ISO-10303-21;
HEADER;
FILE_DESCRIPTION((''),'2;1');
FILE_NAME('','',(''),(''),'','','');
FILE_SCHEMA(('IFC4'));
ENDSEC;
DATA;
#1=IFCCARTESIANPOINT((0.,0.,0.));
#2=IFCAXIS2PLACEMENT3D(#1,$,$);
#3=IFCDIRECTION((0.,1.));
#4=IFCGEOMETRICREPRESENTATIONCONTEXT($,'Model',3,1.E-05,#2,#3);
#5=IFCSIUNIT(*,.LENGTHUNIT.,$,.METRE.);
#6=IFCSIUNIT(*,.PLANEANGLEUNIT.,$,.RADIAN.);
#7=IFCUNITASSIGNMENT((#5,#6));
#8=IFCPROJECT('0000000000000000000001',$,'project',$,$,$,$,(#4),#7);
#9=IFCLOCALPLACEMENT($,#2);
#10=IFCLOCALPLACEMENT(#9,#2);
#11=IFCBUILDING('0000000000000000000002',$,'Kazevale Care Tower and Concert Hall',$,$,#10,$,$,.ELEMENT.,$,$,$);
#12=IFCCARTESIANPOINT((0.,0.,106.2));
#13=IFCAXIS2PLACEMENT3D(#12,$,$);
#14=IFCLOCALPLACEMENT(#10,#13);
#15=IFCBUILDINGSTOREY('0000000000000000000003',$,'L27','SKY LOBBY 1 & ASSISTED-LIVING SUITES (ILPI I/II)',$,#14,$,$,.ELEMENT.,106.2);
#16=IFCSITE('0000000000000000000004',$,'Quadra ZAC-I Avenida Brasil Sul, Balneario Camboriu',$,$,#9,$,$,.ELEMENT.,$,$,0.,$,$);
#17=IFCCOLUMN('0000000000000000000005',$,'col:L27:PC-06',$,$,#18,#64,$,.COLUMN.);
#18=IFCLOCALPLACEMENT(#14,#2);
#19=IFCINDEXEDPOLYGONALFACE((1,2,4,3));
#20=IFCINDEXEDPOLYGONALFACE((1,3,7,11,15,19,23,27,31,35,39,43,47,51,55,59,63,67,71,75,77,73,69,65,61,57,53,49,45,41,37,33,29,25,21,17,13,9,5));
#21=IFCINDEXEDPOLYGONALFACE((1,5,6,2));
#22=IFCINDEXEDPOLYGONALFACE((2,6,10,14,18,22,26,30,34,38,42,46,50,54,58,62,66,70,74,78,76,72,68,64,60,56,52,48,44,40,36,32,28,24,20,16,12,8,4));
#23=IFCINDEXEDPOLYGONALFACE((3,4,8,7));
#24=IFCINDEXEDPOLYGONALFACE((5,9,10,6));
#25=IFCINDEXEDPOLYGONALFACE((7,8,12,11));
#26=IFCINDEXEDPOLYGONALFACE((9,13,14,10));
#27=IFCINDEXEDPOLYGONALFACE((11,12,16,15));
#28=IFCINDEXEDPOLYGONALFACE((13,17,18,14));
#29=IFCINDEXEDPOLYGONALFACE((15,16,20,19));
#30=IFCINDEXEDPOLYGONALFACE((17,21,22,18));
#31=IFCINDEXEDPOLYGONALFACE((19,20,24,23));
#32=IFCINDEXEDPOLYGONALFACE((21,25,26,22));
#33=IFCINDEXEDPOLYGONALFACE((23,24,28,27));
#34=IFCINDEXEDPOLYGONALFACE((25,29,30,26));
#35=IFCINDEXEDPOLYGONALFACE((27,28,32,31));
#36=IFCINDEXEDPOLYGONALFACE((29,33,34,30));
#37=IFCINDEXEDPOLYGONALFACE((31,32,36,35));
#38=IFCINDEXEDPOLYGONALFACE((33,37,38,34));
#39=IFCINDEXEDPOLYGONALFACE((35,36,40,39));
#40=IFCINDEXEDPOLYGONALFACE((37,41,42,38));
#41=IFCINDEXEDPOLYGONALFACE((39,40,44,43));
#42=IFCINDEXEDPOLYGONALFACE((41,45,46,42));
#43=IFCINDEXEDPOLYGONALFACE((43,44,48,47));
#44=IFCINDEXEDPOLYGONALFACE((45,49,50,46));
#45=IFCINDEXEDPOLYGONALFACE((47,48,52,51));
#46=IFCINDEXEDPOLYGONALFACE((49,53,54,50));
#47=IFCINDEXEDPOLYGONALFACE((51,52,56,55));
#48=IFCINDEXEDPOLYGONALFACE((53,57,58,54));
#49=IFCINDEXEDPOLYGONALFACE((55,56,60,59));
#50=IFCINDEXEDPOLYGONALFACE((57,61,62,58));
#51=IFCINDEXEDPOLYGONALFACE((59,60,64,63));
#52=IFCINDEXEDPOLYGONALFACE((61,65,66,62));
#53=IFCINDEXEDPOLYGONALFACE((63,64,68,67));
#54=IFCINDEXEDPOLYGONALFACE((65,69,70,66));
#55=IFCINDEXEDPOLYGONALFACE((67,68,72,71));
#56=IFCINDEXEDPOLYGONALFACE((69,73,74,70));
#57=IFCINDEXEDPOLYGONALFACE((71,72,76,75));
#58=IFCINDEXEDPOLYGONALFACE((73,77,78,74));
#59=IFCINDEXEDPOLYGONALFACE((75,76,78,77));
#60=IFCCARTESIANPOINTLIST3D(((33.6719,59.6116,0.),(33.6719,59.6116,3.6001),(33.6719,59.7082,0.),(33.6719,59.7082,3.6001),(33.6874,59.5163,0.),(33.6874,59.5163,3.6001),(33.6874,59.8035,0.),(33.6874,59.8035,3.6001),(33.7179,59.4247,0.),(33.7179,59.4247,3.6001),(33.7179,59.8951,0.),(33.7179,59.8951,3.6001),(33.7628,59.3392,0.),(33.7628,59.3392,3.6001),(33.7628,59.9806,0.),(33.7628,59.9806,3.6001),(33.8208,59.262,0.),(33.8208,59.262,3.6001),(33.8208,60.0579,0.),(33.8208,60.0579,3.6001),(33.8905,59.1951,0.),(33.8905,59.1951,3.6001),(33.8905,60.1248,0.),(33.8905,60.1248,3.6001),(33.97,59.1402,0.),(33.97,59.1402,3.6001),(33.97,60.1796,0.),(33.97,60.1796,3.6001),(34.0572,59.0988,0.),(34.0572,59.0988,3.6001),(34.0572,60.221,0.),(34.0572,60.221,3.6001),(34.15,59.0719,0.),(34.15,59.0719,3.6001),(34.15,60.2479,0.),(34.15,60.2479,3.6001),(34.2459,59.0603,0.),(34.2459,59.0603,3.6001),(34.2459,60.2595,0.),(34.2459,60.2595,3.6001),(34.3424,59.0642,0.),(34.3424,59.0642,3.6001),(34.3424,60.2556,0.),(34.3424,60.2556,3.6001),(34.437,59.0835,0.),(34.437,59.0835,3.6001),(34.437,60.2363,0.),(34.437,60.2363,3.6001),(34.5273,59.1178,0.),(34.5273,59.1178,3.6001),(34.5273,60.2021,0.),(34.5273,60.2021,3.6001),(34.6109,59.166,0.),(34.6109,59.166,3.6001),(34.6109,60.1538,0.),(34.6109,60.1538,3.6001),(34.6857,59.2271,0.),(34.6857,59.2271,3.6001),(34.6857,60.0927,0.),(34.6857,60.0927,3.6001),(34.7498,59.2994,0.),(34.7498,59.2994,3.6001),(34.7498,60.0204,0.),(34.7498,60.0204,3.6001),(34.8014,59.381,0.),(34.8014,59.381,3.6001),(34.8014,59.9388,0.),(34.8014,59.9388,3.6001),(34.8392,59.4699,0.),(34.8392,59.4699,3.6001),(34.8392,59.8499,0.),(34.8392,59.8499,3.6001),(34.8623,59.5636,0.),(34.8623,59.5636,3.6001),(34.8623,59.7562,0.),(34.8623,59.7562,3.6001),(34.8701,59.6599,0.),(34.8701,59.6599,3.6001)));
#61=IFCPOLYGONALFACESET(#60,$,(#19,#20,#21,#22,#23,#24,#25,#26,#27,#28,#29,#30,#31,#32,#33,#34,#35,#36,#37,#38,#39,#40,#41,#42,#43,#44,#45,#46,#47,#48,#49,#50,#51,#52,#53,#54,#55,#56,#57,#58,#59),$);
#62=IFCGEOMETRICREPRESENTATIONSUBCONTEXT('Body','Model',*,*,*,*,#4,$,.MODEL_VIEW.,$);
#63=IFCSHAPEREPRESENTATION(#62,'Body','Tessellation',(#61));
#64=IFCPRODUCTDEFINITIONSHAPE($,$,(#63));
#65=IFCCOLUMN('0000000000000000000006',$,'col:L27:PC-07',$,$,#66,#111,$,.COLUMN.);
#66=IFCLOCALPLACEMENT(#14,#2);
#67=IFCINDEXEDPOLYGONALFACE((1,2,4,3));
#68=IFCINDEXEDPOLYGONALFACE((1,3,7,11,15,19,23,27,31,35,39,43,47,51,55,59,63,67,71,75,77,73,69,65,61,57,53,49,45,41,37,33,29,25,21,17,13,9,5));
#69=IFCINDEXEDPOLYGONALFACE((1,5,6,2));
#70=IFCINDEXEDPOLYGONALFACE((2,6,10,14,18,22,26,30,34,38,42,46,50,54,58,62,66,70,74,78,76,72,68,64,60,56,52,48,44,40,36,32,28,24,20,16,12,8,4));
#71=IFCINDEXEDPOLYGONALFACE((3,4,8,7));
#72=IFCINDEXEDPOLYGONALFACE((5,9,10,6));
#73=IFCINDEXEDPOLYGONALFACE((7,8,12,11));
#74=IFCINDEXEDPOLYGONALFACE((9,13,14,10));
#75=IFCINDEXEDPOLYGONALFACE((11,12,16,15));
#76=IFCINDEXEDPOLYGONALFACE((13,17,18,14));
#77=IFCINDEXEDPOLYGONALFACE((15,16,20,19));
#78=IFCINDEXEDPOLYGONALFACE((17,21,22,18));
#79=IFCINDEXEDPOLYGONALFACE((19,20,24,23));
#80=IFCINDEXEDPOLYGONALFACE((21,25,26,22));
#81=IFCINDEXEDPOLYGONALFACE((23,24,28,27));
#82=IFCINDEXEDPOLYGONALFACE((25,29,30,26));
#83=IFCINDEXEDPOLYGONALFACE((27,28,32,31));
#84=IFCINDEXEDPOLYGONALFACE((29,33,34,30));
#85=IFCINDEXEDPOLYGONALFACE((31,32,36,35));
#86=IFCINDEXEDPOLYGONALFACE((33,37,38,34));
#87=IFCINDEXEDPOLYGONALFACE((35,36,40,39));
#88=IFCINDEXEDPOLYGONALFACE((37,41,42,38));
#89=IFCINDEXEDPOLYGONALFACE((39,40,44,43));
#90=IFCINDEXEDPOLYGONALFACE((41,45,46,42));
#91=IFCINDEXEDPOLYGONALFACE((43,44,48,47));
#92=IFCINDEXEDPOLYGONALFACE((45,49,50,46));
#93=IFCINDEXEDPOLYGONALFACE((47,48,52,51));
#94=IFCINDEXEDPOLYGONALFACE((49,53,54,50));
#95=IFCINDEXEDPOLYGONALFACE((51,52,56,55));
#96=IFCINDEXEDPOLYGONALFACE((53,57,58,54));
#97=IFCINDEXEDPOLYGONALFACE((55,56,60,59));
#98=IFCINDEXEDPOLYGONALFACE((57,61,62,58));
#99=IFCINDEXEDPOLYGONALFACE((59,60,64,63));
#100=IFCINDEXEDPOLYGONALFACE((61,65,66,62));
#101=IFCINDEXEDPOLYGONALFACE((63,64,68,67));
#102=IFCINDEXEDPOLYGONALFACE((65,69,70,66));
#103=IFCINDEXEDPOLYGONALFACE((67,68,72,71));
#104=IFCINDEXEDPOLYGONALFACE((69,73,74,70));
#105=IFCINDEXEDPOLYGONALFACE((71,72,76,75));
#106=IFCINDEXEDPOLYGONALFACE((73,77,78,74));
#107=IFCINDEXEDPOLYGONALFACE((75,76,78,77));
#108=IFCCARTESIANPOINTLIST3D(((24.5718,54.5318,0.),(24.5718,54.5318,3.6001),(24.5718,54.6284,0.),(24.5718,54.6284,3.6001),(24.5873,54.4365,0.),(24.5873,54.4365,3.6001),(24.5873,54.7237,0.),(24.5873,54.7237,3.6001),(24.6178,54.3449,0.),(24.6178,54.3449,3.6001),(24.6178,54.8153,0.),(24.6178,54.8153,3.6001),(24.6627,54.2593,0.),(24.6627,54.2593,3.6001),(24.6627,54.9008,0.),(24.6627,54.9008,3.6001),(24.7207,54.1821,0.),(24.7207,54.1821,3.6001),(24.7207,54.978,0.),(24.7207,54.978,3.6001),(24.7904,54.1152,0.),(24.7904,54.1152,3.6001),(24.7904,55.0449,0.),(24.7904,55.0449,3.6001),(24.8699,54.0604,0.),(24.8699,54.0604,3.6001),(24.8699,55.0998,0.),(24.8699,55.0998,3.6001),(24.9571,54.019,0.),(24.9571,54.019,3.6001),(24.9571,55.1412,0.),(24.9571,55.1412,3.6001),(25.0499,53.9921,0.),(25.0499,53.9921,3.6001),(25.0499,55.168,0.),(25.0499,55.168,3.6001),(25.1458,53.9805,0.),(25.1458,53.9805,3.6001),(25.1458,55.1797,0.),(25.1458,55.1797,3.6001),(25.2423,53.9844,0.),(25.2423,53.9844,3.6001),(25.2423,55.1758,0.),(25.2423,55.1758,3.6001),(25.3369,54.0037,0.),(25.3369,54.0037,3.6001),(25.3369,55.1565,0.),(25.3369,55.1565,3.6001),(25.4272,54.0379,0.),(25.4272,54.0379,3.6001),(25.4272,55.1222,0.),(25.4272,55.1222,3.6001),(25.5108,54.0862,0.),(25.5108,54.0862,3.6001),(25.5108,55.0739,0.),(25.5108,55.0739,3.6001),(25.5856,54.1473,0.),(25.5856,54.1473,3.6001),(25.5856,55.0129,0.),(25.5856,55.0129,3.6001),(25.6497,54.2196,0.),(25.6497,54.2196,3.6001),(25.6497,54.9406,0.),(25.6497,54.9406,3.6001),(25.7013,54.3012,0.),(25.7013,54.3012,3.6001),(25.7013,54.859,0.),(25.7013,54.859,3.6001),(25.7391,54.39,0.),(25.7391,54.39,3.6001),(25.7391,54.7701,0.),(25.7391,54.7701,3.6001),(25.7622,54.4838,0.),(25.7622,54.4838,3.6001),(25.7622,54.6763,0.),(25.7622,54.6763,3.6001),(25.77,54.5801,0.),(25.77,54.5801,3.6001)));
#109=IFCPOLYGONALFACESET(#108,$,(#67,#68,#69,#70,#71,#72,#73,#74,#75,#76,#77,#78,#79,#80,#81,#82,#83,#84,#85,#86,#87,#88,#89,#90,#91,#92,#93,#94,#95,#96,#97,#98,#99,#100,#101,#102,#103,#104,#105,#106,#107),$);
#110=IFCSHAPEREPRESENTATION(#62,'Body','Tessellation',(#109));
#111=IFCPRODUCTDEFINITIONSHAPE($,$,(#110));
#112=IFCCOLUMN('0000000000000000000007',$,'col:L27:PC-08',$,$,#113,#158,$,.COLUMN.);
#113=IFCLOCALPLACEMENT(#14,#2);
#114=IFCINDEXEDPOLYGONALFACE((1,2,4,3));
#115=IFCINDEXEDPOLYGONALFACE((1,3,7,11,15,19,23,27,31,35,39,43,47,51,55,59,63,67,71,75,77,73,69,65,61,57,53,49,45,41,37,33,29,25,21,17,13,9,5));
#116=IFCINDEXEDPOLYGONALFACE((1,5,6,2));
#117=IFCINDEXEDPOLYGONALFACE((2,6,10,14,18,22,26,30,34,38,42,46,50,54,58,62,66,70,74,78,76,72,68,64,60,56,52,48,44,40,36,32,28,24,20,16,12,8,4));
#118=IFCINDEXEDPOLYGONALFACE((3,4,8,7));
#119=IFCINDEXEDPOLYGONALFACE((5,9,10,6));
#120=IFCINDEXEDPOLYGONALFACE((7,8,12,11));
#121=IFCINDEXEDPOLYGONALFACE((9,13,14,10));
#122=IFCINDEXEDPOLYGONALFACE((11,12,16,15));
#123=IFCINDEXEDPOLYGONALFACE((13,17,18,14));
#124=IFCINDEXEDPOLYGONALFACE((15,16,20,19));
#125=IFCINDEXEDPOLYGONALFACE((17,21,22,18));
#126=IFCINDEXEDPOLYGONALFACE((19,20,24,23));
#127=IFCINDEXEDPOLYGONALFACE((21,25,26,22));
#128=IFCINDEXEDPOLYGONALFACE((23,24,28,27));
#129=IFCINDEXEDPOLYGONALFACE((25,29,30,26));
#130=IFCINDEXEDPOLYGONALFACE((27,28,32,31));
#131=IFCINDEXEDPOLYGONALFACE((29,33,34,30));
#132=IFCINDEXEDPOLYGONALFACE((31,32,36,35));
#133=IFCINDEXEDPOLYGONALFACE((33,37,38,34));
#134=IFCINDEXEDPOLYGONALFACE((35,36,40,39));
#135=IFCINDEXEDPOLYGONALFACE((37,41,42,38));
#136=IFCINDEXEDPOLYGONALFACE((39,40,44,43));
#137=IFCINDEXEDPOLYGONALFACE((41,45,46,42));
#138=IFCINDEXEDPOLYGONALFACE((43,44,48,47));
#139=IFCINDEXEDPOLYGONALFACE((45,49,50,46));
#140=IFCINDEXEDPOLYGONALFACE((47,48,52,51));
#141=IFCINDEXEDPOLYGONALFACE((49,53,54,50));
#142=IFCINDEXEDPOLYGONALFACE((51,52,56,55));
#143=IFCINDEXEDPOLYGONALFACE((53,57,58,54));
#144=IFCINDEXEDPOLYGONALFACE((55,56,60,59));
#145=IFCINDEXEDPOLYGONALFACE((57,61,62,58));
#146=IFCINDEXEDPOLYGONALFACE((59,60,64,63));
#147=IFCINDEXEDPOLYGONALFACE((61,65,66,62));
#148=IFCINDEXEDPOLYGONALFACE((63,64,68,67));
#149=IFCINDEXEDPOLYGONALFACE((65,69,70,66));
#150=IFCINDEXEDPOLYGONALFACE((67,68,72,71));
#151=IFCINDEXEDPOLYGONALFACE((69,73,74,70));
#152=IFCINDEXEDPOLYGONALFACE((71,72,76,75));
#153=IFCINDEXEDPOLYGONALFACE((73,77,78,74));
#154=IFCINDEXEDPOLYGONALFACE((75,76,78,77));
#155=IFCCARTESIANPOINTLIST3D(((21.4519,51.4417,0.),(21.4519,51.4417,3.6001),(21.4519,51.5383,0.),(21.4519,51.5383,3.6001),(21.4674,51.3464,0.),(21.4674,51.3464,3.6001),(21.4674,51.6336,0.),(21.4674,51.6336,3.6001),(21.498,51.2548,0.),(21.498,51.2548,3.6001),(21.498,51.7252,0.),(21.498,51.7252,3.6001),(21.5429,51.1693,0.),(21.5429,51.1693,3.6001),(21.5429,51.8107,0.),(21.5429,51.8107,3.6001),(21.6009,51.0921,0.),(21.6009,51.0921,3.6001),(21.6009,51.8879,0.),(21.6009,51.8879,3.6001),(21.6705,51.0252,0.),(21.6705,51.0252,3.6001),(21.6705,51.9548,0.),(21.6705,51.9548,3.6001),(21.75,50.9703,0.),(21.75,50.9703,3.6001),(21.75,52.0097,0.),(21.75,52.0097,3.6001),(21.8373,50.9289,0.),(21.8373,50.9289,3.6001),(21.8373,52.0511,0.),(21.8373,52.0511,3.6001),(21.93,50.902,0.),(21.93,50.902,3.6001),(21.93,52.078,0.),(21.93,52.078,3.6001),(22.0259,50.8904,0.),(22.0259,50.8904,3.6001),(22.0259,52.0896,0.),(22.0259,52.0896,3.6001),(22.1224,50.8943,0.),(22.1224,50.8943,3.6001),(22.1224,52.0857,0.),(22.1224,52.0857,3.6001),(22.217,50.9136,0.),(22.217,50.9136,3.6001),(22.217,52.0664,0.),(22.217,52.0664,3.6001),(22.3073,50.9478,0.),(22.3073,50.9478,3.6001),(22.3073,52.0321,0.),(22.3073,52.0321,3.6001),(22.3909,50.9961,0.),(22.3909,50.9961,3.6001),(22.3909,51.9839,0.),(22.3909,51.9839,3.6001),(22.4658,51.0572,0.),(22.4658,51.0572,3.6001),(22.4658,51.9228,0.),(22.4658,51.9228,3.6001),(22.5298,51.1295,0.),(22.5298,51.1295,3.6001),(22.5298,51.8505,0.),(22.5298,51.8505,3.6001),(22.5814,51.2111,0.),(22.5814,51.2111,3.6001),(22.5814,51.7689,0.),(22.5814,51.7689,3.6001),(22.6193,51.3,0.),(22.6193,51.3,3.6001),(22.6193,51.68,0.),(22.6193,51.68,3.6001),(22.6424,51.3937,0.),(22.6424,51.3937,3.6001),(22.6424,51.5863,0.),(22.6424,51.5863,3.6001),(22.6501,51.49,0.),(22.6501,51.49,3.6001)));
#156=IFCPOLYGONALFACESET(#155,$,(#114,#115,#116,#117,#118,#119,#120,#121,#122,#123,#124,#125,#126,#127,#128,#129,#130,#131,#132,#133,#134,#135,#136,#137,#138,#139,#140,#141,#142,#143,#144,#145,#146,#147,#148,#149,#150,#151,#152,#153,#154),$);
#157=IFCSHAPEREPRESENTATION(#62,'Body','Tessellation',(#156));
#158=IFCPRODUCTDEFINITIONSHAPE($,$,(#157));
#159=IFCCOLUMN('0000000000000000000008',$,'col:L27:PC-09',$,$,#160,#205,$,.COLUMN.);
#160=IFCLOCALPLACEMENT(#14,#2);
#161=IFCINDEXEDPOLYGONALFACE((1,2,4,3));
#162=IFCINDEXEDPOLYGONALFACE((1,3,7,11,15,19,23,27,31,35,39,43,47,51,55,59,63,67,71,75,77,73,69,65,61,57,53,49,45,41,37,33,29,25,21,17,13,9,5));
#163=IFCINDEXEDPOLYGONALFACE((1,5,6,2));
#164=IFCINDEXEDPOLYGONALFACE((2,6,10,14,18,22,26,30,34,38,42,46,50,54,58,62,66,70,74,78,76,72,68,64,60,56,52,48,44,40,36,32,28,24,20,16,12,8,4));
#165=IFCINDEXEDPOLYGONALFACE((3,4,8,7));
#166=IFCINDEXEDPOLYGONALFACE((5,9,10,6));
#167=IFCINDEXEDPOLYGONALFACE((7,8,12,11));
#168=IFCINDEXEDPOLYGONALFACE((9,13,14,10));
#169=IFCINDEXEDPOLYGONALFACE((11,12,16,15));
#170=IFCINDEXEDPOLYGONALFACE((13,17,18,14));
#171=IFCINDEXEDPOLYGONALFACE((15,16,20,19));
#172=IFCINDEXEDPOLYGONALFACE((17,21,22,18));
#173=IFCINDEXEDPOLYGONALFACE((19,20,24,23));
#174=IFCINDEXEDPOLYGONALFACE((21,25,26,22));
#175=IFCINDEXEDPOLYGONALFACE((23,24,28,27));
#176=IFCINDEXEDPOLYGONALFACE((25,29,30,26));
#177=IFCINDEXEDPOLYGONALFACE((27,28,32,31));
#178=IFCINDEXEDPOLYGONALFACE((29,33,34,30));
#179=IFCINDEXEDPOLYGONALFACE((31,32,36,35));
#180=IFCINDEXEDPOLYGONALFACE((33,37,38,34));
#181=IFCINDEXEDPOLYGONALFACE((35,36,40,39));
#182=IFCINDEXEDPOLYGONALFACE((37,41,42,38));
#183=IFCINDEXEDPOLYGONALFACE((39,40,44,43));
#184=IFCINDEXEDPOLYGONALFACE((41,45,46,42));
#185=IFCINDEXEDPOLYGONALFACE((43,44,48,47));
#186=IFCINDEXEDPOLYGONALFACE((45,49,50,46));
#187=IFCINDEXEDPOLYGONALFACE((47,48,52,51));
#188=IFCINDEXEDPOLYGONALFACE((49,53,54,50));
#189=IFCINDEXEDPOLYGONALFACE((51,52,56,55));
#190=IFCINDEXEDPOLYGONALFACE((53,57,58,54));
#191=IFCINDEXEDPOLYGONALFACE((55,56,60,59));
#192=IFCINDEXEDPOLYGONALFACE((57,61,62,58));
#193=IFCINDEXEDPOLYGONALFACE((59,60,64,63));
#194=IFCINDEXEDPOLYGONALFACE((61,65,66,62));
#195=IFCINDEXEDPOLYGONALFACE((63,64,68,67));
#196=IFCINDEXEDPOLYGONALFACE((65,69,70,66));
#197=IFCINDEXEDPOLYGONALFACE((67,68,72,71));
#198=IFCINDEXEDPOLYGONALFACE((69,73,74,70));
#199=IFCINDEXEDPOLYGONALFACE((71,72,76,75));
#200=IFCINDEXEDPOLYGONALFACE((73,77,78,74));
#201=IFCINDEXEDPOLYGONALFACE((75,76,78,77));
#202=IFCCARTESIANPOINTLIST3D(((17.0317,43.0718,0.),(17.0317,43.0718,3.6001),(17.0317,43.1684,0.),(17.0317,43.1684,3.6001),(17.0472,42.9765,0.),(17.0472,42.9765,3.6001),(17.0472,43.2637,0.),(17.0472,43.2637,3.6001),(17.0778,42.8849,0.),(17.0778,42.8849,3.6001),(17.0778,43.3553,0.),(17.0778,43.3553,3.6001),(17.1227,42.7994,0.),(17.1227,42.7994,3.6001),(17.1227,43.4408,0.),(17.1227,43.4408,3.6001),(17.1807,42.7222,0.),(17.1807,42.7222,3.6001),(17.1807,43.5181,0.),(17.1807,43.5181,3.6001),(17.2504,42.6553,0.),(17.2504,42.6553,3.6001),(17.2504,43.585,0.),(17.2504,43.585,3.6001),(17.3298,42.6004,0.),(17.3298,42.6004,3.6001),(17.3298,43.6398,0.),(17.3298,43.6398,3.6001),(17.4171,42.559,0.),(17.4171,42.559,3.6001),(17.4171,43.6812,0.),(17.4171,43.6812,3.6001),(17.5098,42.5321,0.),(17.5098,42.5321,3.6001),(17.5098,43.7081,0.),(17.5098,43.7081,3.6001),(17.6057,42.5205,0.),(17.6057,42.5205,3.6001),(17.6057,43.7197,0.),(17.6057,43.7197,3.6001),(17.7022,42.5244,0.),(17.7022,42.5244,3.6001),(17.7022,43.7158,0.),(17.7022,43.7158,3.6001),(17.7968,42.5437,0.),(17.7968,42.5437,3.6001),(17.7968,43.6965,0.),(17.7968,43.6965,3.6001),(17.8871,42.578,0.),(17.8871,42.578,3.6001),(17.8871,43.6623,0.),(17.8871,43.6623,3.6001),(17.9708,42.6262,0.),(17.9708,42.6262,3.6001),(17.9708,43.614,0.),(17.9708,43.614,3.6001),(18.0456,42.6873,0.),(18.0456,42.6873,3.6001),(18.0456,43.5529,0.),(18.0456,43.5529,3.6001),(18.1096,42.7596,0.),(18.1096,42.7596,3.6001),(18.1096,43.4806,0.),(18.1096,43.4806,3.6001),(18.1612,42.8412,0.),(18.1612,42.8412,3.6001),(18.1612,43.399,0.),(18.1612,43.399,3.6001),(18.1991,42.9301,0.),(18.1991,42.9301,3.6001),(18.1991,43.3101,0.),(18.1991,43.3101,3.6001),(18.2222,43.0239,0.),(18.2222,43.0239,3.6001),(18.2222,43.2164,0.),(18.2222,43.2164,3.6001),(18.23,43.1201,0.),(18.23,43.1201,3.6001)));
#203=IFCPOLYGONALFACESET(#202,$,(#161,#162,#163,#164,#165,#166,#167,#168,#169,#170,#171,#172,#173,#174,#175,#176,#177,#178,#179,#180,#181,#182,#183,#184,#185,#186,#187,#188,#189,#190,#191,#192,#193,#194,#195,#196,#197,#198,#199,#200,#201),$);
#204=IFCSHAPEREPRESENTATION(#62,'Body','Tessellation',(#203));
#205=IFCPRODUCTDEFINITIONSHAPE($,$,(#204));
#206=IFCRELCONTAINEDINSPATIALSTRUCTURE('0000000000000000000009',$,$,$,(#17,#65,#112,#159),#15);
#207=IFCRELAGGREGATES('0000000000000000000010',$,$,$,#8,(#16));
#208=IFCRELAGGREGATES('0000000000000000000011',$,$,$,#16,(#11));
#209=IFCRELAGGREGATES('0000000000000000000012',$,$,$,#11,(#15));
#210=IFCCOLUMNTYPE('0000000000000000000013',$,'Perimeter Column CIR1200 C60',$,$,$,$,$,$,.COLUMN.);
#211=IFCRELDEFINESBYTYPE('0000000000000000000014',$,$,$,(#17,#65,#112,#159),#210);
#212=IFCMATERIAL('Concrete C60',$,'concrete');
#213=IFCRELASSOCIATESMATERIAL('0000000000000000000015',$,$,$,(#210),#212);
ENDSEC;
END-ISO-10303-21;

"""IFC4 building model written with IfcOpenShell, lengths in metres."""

from ifc_helpers import new_model, si_unit, direction, frame, origin, origin_2d, place, context, subcontext, project, spatial, circle, extrude, material, material_profile, profile_set, type_object, element, save


model = new_model("IFC4")

# Units and contexts
model_context = context("Model", 3, precision=1e-05, world=origin(), true_north=direction((0.0, 1.0)))
body_context = subcontext(model_context, "Body", "Model", "MODEL_VIEW")
ifc_project = project(units=[si_unit("LENGTHUNIT", "METRE"), si_unit("PLANEANGLEUNIT", "RADIAN")], contexts=[model_context])

# Site, building, storey
site_placement = place(None, origin())
site = spatial("IfcSite", under=ifc_project, at=site_placement, Name="Quadra ZAC-I Avenida Brasil Sul, Balneario Camboriu", CompositionType="ELEMENT", RefElevation=0.0)
building_placement = place(site_placement, origin())
building = spatial("IfcBuilding", under=site, at=building_placement, Name="Kazevale Care Tower and Concert Hall", CompositionType="ELEMENT")
storey_placement = place(building_placement, frame((0.0, 0.0, 106.2)))
storey = spatial("IfcBuildingStorey", under=building, at=storey_placement, Name="L27", Description="SKY LOBBY 1 & ASSISTED-LIVING SUITES (ILPI I/II)", CompositionType="ELEMENT", Elevation=106.2)

# Columns
ifc_material_1 = material(Name="Concrete C60", Category="concrete")
ifc_material_profile_1 = material_profile(ifc_material_1, circle(Radius=0.6001, at=origin_2d()), Name="RC-CIR1200")
ifc_profile_set_1 = profile_set([ifc_material_profile_1], Name="Concrete C60")
column_type = type_object("IfcColumnType", Name="Perimeter Column CIR1200 C60", PredefinedType="COLUMN", material=ifc_profile_set_1)
for number, where, z_axis, x_axis, name in (
    (1, (34.27, 59.6599, 0.0), (0.0, 0.0, 1.0), (1.0, 0.0, 0.0), "col:L27:PC-06"),
    (2, (25.1699, 54.5801, 0.0), (0.0, 0.0, 1.0), (1.0, 0.0, 0.0), "col:L27:PC-07"),
    (3, (22.05, 51.49, 0.0), (0.0, 0.0, 1.0), (1.0, 0.0, 0.0), "col:L27:PC-08"),
    (4, (17.6299, 43.1201, 0.0), (0.0, 0.0, 1.0), (1.0, 0.0, 0.0), "col:L27:PC-09"),
):
    element("IfcColumn", number, at=place(storey_placement, frame(where, z_axis=z_axis, x_axis=x_axis)), inside=storey, type_object=column_type, Name=name, PredefinedType="COLUMN", context=body_context, shape_type="SweptSolid", body=[
        extrude(circle(Radius=0.6001, at=origin_2d()), origin(), (0.0, 0.0, 1.0), 3.6001),
    ])

save(model, "model.ifc")
